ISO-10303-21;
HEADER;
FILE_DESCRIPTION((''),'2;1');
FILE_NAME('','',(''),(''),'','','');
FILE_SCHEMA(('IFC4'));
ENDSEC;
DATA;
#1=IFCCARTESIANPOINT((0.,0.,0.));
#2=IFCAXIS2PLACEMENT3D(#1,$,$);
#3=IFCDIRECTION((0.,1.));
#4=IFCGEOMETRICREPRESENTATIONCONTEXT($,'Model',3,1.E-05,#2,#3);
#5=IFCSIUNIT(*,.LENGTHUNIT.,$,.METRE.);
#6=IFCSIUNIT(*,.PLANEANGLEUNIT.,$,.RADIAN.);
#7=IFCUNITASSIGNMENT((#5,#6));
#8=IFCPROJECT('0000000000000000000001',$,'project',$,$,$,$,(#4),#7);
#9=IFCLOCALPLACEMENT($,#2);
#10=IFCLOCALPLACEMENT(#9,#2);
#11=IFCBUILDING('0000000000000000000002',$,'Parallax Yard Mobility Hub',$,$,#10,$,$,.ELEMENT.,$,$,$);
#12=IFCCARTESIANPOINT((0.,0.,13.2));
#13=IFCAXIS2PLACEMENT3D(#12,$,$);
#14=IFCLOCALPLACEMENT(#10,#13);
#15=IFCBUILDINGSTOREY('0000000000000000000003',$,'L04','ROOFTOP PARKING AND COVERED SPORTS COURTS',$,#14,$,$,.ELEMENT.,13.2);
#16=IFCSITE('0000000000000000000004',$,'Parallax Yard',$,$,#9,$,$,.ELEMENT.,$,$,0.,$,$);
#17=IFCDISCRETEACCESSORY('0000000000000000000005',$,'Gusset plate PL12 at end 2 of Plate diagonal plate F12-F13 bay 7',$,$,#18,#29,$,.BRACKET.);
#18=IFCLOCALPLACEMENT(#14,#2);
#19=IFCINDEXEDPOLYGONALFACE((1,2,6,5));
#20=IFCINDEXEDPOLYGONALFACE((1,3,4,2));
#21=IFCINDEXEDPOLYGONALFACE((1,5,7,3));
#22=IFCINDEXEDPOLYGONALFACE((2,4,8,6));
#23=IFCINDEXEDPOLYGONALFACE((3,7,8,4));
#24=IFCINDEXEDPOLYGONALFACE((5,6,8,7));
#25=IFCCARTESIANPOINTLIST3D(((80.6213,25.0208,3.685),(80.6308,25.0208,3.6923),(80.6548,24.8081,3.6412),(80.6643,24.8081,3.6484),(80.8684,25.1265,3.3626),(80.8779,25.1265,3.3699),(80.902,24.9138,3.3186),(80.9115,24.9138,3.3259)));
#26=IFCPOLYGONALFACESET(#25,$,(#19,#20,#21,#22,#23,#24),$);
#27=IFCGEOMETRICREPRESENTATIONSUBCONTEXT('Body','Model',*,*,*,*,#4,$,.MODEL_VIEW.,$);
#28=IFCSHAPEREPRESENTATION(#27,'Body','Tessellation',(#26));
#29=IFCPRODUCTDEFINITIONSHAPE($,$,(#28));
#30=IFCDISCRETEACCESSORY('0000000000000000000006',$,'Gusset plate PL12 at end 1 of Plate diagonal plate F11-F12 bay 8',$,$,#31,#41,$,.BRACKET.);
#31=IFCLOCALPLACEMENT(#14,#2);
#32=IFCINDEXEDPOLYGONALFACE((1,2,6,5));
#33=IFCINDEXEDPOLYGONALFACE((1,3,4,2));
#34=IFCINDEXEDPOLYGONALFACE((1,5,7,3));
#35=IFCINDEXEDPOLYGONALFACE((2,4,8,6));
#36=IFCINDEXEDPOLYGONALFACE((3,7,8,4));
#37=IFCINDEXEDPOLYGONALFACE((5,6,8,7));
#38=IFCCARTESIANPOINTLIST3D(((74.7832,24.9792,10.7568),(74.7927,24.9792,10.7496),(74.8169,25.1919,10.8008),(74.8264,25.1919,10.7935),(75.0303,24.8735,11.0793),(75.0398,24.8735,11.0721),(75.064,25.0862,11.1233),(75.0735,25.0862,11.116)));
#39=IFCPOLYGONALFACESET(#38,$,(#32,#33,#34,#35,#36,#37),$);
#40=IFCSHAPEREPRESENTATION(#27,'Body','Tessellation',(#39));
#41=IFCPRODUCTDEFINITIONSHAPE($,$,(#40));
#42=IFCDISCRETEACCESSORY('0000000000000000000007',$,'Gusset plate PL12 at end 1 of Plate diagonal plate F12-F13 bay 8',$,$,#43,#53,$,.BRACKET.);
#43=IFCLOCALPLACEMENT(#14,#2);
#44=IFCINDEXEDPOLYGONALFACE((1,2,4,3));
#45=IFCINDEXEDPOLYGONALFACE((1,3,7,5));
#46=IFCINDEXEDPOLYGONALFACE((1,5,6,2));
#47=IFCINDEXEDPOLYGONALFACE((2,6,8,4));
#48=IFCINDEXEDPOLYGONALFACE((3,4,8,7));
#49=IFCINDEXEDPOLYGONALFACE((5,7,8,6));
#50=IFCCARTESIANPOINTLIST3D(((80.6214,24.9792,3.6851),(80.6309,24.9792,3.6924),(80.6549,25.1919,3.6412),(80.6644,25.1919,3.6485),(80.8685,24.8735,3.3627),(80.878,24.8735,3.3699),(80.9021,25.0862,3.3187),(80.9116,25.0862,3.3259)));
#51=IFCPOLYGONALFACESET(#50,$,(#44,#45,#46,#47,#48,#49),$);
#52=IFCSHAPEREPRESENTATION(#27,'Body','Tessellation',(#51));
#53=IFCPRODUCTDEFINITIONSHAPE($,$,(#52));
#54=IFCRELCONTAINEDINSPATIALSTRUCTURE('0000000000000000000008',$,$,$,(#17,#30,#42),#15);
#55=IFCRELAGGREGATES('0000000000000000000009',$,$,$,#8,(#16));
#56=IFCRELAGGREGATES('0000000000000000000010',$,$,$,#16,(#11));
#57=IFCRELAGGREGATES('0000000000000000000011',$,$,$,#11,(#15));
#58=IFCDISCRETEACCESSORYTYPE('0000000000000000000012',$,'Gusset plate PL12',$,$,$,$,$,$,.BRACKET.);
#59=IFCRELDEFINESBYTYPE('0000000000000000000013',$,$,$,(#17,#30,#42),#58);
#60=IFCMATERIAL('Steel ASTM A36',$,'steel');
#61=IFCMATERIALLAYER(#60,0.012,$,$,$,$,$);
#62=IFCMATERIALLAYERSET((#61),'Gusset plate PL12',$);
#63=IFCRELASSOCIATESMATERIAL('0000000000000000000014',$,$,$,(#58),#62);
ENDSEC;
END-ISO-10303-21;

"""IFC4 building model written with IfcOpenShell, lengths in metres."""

from ifc_helpers import new_model, si_unit, direction, frame, origin, place, context, subcontext, project, spatial, polyline, outline, extrude, material, layer, layer_set, type_object, element, save


model = new_model("IFC4")

# Units and contexts
model_context = context("Model", 3, precision=1e-05, world=origin(), true_north=direction((0.0, 1.0)))
body_context = subcontext(model_context, "Body", "Model", "MODEL_VIEW")
ifc_project = project(units=[si_unit("LENGTHUNIT", "METRE"), si_unit("PLANEANGLEUNIT", "RADIAN")], contexts=[model_context])

# Site, building, storey
site_placement = place(None, origin())
site = spatial("IfcSite", under=ifc_project, at=site_placement, Name="Parallax Yard", CompositionType="ELEMENT", RefElevation=0.0)
building_placement = place(site_placement, origin())
building = spatial("IfcBuilding", under=site, at=building_placement, Name="Parallax Yard Mobility Hub", CompositionType="ELEMENT")
storey_placement = place(building_placement, frame((0.0, 0.0, 13.2)))
storey = spatial("IfcBuildingStorey", under=building, at=storey_placement, Name="L04", Description="ROOFTOP PARKING AND COVERED SPORTS COURTS", CompositionType="ELEMENT", Elevation=13.2)

# Discrete accessories
ifc_material_1 = material(Name="Steel ASTM A36", Category="steel")
ifc_layer = layer(ifc_material_1, 0.012)
ifc_layer_set = layer_set([ifc_layer], Name="Gusset plate PL12")
discrete_accessory_type = type_object("IfcDiscreteAccessoryType", Name="Gusset plate PL12", PredefinedType="BRACKET", material=ifc_layer_set)
discrete_accessory_1_placement = place(storey_placement, frame((80.6643, 24.8081, 3.6484), z_axis=(0.793746, -0.000396, 0.608249), x_axis=(0.588741, 0.251732, -0.768125)))
element("IfcDiscreteAccessory", 1, at=discrete_accessory_1_placement, inside=storey, type_object=discrete_accessory_type, Name="Gusset plate PL12 at end 2 of Plate diagonal plate F12-F13 bay 7", PredefinedType="BRACKET", context=body_context, shape_type="SweptSolid", body=[
    extrude(outline(polyline([(0.0, 0.0), (0.4199, 0.0), (0.4199, 0.2197), (0.0001, 0.2197), (0.0, 0.0)])), origin(), (0.0, 0.0, -1.0), 0.012),
])
discrete_accessory_2_placement = place(storey_placement, frame((74.7832, 24.9792, 10.7568), z_axis=(-0.793815, 0.000089, 0.60816), x_axis=(0.588544, -0.251818, 0.768247)))
element("IfcDiscreteAccessory", 2, at=discrete_accessory_2_placement, inside=storey, type_object=discrete_accessory_type, Name="Gusset plate PL12 at end 1 of Plate diagonal plate F11-F12 bay 8", PredefinedType="BRACKET", context=body_context, shape_type="SweptSolid", body=[
    extrude(outline(polyline([(0.0, 0.0), (0.4198, 0.0), (0.4198, 0.2197), (0.0, 0.2197), (0.0, 0.0)])), origin(), (0.0, 0.0, -1.0), 0.012),
])
discrete_accessory_3_placement = place(storey_placement, frame((80.6309, 24.9792, 3.6924), z_axis=(0.793746, 0.000396, 0.608249), x_axis=(0.588727, -0.251818, -0.768107)))
element("IfcDiscreteAccessory", 3, at=discrete_accessory_3_placement, inside=storey, type_object=discrete_accessory_type, Name="Gusset plate PL12 at end 1 of Plate diagonal plate F12-F13 bay 8", PredefinedType="BRACKET", context=body_context, shape_type="SweptSolid", body=[
    extrude(outline(polyline([(0.0, 0.0), (0.4198, 0.0), (0.4198, 0.2197), (-0.0001, 0.2197), (0.0, 0.0)])), origin(), (0.0, 0.0, -1.0), 0.012),
])

save(model, "model.ifc")
